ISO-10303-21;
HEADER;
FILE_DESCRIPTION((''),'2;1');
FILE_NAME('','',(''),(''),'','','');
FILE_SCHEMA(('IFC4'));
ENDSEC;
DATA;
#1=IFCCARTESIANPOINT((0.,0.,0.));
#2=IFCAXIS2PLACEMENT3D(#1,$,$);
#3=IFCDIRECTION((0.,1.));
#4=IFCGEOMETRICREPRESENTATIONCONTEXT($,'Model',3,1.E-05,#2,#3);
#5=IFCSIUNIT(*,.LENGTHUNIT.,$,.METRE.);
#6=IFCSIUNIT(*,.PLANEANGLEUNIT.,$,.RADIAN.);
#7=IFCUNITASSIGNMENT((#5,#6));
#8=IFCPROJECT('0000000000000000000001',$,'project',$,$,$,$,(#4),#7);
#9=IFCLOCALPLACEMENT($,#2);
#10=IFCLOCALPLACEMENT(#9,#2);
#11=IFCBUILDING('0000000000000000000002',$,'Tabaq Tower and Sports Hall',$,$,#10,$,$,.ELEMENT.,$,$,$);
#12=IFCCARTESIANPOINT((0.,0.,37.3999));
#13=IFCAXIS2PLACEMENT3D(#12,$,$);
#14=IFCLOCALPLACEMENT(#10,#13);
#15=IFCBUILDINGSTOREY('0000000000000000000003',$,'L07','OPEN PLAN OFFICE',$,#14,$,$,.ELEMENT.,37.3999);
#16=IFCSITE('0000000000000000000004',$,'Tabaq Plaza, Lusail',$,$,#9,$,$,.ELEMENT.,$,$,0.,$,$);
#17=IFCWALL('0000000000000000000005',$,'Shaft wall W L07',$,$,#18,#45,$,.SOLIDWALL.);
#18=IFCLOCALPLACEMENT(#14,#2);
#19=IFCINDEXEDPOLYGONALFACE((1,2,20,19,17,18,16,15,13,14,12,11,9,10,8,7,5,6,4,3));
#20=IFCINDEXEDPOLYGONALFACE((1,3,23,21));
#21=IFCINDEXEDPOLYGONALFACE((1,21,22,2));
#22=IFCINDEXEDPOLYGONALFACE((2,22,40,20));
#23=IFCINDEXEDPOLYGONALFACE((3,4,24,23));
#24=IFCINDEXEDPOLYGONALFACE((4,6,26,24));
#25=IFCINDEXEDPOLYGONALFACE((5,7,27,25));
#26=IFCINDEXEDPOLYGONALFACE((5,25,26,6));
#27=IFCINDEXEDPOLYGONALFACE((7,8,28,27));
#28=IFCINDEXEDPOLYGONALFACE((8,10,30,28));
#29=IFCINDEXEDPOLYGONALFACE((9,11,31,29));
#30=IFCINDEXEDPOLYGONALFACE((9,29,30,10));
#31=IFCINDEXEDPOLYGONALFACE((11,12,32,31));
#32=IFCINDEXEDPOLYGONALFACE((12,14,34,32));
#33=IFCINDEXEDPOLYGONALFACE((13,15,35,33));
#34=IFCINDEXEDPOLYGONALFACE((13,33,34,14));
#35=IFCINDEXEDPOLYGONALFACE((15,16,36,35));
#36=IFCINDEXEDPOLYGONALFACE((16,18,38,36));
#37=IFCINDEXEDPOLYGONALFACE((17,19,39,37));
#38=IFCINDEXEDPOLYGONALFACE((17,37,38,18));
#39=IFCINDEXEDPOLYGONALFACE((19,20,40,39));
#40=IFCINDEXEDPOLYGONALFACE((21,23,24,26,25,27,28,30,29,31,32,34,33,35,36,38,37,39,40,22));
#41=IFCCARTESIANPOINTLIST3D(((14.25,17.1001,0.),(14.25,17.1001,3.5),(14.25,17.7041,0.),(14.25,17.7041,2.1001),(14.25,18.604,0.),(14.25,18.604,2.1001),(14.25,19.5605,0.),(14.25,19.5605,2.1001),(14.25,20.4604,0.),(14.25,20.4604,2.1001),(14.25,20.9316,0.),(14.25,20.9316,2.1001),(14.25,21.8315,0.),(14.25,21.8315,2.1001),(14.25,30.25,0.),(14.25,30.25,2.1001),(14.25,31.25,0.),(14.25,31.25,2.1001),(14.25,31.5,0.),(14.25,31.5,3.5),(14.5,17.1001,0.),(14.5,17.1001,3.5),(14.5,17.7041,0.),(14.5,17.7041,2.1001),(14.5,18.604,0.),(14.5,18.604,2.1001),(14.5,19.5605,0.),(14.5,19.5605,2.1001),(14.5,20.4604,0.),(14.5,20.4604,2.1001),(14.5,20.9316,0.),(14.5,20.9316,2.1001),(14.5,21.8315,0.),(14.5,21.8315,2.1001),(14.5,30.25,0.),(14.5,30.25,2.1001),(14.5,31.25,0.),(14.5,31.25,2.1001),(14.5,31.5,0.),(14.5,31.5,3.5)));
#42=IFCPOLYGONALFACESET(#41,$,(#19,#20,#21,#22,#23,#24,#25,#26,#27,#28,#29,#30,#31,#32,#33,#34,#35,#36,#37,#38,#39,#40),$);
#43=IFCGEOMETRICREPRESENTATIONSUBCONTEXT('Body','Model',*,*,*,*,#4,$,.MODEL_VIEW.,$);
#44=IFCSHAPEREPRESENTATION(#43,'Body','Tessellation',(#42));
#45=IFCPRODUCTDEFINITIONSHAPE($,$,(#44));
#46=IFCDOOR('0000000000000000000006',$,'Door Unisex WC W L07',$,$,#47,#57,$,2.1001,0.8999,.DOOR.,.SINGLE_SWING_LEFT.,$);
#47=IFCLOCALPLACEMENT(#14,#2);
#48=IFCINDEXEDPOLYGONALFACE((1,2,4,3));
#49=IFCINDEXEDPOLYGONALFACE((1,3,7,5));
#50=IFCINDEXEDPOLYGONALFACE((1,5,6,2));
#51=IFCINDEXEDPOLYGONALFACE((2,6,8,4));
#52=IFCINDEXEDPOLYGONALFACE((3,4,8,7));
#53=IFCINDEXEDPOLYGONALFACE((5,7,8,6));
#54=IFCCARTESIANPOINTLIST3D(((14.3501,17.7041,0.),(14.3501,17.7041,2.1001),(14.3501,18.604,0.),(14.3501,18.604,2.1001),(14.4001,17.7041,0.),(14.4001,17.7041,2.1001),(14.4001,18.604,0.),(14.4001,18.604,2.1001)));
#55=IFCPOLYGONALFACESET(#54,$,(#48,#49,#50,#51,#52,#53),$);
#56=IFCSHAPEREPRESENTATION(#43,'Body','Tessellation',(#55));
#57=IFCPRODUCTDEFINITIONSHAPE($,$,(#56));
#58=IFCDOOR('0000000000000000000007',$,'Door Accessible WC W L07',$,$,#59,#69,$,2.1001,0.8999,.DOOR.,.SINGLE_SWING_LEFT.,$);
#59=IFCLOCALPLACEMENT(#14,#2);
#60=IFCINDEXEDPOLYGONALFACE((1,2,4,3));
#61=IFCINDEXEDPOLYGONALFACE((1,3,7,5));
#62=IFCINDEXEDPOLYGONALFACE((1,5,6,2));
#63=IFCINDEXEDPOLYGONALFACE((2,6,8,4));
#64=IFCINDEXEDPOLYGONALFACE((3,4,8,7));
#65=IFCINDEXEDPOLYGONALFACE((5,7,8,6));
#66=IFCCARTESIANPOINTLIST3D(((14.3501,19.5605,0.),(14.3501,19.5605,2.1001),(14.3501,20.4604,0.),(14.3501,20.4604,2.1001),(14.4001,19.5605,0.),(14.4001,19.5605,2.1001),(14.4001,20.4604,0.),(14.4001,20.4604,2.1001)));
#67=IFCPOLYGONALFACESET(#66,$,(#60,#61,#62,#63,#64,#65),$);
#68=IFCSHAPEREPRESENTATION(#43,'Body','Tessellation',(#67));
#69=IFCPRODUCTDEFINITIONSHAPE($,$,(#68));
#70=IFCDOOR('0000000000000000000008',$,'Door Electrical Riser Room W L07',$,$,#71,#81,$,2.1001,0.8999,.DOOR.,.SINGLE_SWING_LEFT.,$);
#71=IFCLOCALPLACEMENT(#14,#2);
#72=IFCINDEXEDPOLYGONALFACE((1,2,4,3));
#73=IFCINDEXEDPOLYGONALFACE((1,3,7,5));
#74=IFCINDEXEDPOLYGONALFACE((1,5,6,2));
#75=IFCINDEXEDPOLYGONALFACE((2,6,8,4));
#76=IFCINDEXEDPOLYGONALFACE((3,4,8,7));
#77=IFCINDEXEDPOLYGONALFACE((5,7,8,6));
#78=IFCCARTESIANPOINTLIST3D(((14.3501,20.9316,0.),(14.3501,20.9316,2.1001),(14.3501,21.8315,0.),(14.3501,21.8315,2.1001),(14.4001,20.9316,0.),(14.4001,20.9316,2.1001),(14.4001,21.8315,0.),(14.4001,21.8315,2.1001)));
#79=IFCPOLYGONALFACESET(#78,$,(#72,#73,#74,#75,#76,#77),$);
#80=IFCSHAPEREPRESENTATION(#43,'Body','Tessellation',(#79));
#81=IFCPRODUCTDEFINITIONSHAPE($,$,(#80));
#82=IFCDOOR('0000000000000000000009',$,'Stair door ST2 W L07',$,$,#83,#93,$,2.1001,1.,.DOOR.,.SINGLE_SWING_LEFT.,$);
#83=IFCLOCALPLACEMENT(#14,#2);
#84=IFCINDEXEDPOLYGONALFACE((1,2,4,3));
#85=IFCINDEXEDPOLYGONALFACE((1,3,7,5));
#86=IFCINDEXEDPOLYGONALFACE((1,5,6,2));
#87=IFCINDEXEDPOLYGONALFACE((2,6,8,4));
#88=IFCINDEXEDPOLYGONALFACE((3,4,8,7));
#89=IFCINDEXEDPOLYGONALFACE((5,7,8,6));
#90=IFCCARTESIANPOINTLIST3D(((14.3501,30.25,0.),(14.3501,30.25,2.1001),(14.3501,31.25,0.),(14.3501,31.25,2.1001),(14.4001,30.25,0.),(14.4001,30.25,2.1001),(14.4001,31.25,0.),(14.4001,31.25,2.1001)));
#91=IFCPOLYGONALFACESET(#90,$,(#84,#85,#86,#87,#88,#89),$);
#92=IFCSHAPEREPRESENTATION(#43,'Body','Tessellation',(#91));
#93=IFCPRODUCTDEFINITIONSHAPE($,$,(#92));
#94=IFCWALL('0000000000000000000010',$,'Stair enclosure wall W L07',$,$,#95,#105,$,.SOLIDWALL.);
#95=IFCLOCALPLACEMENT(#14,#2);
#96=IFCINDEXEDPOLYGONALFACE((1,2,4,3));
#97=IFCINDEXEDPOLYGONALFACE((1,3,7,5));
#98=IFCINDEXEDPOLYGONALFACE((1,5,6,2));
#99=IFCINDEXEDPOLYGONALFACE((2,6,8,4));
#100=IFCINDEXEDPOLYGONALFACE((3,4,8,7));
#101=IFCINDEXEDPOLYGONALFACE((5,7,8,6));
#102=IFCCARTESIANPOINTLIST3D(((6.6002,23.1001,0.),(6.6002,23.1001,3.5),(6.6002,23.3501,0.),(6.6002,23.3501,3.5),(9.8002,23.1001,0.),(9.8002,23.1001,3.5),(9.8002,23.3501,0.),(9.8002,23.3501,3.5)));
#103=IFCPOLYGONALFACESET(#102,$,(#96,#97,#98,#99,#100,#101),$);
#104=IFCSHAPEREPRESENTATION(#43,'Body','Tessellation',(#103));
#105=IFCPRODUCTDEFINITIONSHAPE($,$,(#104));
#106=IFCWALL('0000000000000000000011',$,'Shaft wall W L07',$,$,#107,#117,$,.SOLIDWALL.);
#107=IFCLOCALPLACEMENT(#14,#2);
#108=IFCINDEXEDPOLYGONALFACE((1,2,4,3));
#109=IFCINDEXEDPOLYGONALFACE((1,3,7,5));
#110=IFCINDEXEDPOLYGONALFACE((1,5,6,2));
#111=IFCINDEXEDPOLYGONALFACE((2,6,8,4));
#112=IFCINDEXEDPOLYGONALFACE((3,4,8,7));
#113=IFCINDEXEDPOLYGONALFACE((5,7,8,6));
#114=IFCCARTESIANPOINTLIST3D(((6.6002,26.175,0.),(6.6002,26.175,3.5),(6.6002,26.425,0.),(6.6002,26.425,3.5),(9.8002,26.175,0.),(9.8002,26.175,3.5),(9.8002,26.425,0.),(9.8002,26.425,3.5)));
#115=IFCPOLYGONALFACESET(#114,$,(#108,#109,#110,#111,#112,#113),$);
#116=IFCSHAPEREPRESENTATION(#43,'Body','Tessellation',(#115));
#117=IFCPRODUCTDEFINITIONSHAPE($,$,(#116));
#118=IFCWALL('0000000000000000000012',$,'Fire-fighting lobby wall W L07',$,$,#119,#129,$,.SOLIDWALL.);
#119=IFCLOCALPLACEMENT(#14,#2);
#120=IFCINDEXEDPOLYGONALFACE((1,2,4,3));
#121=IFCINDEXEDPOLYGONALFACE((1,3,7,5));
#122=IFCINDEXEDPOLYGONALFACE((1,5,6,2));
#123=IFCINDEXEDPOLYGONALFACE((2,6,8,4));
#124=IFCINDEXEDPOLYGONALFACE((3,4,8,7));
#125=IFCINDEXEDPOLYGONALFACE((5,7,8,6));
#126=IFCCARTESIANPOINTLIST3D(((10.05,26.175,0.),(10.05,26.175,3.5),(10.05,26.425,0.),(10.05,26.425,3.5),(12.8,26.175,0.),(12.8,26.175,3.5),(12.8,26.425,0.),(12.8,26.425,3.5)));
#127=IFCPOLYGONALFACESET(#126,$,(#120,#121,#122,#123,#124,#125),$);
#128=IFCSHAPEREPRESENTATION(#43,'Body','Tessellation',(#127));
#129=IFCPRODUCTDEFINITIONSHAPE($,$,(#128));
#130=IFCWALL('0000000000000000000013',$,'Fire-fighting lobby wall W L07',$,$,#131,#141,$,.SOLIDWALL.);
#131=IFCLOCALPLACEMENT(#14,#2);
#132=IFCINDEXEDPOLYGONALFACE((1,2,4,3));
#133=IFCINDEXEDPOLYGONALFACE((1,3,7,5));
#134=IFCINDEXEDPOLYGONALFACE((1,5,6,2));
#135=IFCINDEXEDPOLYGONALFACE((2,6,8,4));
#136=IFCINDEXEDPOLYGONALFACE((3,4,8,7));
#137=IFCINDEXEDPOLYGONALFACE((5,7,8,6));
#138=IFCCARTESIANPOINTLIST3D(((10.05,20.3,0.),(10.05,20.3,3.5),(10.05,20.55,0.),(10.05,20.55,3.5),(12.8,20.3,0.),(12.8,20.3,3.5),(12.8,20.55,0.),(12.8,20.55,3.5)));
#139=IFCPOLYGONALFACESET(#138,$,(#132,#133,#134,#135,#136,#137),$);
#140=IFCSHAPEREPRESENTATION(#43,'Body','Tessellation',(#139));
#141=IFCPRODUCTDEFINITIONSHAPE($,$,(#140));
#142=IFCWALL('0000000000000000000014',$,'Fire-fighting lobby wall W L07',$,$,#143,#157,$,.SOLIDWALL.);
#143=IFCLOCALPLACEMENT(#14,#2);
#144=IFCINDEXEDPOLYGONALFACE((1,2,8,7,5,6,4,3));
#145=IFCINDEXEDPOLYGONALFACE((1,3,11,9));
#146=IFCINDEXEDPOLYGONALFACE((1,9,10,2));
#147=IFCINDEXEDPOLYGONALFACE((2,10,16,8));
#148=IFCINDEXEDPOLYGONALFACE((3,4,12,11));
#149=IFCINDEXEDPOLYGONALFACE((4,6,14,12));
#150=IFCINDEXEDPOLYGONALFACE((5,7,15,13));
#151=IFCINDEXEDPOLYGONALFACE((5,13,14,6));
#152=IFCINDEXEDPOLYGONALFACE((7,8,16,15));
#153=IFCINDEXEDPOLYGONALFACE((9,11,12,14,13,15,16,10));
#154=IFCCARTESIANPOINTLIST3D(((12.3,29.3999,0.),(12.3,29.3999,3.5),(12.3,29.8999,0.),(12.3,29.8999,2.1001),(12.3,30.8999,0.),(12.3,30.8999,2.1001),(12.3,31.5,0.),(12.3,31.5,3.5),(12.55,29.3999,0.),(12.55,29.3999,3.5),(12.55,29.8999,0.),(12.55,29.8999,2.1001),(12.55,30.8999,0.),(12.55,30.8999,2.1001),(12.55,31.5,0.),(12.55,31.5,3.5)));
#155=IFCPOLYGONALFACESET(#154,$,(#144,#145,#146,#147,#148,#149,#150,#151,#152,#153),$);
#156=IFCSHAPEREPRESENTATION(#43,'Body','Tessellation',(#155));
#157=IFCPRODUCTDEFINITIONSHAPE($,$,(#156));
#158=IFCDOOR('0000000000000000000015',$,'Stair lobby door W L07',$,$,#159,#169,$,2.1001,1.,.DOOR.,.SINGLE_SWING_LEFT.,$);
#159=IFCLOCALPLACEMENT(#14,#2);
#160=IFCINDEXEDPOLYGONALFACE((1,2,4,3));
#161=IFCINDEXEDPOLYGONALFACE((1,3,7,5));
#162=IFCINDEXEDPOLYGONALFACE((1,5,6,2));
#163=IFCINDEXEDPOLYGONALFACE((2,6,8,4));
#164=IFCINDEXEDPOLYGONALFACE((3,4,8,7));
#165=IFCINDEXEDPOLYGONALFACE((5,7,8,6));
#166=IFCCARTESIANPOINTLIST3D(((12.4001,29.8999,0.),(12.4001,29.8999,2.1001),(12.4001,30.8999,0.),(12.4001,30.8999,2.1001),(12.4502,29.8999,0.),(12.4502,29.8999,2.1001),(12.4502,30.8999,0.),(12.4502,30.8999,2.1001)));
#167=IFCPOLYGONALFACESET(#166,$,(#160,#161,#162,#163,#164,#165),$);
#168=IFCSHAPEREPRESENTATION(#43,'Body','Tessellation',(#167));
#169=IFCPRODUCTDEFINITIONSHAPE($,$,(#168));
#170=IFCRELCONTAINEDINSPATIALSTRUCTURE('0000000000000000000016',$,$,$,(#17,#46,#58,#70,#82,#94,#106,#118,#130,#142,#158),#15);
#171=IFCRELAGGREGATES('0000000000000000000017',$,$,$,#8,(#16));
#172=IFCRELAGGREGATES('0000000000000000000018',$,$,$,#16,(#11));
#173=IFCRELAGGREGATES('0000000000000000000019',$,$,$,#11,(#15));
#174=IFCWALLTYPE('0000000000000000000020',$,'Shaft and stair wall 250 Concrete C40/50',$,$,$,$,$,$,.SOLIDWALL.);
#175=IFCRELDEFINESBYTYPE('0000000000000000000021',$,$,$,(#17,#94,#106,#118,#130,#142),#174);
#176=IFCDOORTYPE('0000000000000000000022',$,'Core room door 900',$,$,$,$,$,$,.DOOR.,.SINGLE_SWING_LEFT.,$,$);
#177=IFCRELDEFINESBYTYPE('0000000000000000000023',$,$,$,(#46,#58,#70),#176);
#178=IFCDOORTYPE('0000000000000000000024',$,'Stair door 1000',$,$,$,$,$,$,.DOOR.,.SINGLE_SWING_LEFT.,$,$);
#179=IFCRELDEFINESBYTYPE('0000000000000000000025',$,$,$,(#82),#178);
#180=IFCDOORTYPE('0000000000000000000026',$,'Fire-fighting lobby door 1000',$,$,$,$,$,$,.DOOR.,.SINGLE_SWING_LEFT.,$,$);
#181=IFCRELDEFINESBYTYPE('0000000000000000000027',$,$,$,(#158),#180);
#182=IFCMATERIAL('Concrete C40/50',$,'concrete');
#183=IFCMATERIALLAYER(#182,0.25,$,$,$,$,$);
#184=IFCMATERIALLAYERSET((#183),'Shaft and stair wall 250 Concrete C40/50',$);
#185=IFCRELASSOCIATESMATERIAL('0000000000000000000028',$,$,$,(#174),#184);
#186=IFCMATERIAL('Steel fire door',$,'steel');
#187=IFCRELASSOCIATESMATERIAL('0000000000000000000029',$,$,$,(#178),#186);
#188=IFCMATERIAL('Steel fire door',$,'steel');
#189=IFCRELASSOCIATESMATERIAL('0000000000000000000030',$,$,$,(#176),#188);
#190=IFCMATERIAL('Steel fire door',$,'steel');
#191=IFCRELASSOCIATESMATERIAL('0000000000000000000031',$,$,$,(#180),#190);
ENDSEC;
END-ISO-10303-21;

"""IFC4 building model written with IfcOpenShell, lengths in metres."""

from ifc_helpers import new_model, si_unit, direction, frame, frame_2d, origin, place, context, subcontext, project, spatial, rectangle, extrude, material, layer, layer_set, type_object, element, fill, save


model = new_model("IFC4")

# Units and contexts
model_context = context("Model", 3, precision=1e-05, world=origin(), true_north=direction((0.0, 1.0)))
body_context = subcontext(model_context, "Body", "Model", "MODEL_VIEW")
ifc_project = project(units=[si_unit("LENGTHUNIT", "METRE"), si_unit("PLANEANGLEUNIT", "RADIAN")], contexts=[model_context])

# Site, building, storey
site_placement = place(None, origin())
site = spatial("IfcSite", under=ifc_project, at=site_placement, Name="Tabaq Plaza, Lusail", CompositionType="ELEMENT", RefElevation=0.0)
building_placement = place(site_placement, origin())
building = spatial("IfcBuilding", under=site, at=building_placement, Name="Tabaq Tower and Sports Hall", CompositionType="ELEMENT")
storey_placement = place(building_placement, frame((0.0, 0.0, 37.3999)))
storey = spatial("IfcBuildingStorey", under=building, at=storey_placement, Name="L07", Description="OPEN PLAN OFFICE", CompositionType="ELEMENT", Elevation=37.3999)

# Wall, openings, doors
ifc_material_1 = material(Name="Concrete C40/50", Category="concrete")
ifc_layer_1 = layer(ifc_material_1, 0.25)
ifc_layer_set_1 = layer_set([ifc_layer_1], Name="Shaft and stair wall 250 Concrete C40/50")
wall_type_1 = type_object("IfcWallType", Name="Shaft and stair wall 250 Concrete C40/50", PredefinedType="SOLIDWALL", material=ifc_layer_set_1)
ifc_material_2 = material(Name="Steel fire door", Category="steel")
door_type_1 = type_object("IfcDoorType", Name="Stair door 1000", OperationType="SINGLE_SWING_LEFT", PredefinedType="DOOR", material=ifc_material_2)
wall_1_placement = place(storey_placement, frame((14.375, 17.1001, 0.0), z_axis=(0.0, 0.0, 1.0), x_axis=(0.0, 1.0, 0.0)))
wall_1 = element("IfcWall", 1, at=wall_1_placement, inside=storey, type_object=wall_type_1, Name="Shaft wall W L07", PredefinedType="SOLIDWALL", context=body_context, shape_type="SweptSolid", body=[
    extrude(rectangle(XDim=14.3999, YDim=0.25, at=frame_2d((7.2, 0.0))), origin(), (0.0, 0.0, 1.0), 3.5),
])
opening_1_placement = place(wall_1_placement, frame((13.1499, 0.0, 0.0)))
opening_1 = element("IfcOpeningElement", 2, at=opening_1_placement, cuts=wall_1, PredefinedType="OPENING", context=body_context, shape_type="SweptSolid", body=[
    extrude(rectangle(XDim=1.0, YDim=2.1001, at=frame_2d((0.5, 1.05))), frame((0.0, 0.125, 0.0), z_axis=(0.0, -1.0, 0.0), x_axis=(1.0, 0.0, 0.0)), (0.0, 0.0, 1.0), 0.25),
])
opening_2_placement = place(wall_1_placement, frame((0.604, 0.0, 0.0)))
opening_2 = element("IfcOpeningElement", 3, at=opening_2_placement, cuts=wall_1, PredefinedType="OPENING", context=body_context, shape_type="SweptSolid", body=[
    extrude(rectangle(XDim=0.8999, YDim=2.1001, at=frame_2d((0.45, 1.05))), frame((0.0, 0.125, 0.0), z_axis=(0.0, -1.0, 0.0), x_axis=(1.0, 0.0, 0.0)), (0.0, 0.0, 1.0), 0.25),
])
opening_3_placement = place(wall_1_placement, frame((2.4604, 0.0, 0.0)))
opening_3 = element("IfcOpeningElement", 4, at=opening_3_placement, cuts=wall_1, PredefinedType="OPENING", context=body_context, shape_type="SweptSolid", body=[
    extrude(rectangle(XDim=0.8999, YDim=2.1001, at=frame_2d((0.45, 1.05))), frame((0.0, 0.125, 0.0), z_axis=(0.0, -1.0, 0.0), x_axis=(1.0, 0.0, 0.0)), (0.0, 0.0, 1.0), 0.25),
])
opening_4_placement = place(wall_1_placement, frame((3.8315, 0.0, 0.0)))
opening_4 = element("IfcOpeningElement", 5, at=opening_4_placement, cuts=wall_1, PredefinedType="OPENING", context=body_context, shape_type="SweptSolid", body=[
    extrude(rectangle(XDim=0.8999, YDim=2.1001, at=frame_2d((0.45, 1.05))), frame((0.0, 0.125, 0.0), z_axis=(0.0, -1.0, 0.0), x_axis=(1.0, 0.0, 0.0)), (0.0, 0.0, 1.0), 0.25),
])
ifc_material_3 = material(Name="Steel fire door", Category="steel")
door_type_2 = type_object("IfcDoorType", Name="Core room door 900", OperationType="SINGLE_SWING_LEFT", PredefinedType="DOOR", material=ifc_material_3)
door_1_placement = place(opening_2_placement, origin())
door_1 = element("IfcDoor", 6, at=door_1_placement, inside=storey, type_object=door_type_2, Name="Door Unisex WC W L07", OperationType="SINGLE_SWING_LEFT", OverallHeight=2.1001, OverallWidth=0.8999, PredefinedType="DOOR", context=body_context, shape_type="SweptSolid", body=[
    extrude(rectangle(XDim=0.8999, YDim=2.1001, at=frame_2d((0.45, 1.05))), frame((0.0, 0.0249, 0.0), z_axis=(0.0, -1.0, 0.0), x_axis=(1.0, 0.0, 0.0)), (0.0, 0.0, 1.0), 0.05),
])
fill(opening_2, door_1)
door_2_placement = place(opening_3_placement, origin())
door_2 = element("IfcDoor", 7, at=door_2_placement, inside=storey, type_object=door_type_2, Name="Door Accessible WC W L07", OperationType="SINGLE_SWING_LEFT", OverallHeight=2.1001, OverallWidth=0.8999, PredefinedType="DOOR", context=body_context, shape_type="SweptSolid", body=[
    extrude(rectangle(XDim=0.8999, YDim=2.1001, at=frame_2d((0.45, 1.05))), frame((0.0, 0.0249, 0.0), z_axis=(0.0, -1.0, 0.0), x_axis=(1.0, 0.0, 0.0)), (0.0, 0.0, 1.0), 0.05),
])
fill(opening_3, door_2)
door_3_placement = place(opening_4_placement, origin())
door_3 = element("IfcDoor", 8, at=door_3_placement, inside=storey, type_object=door_type_2, Name="Door Electrical Riser Room W L07", OperationType="SINGLE_SWING_LEFT", OverallHeight=2.1001, OverallWidth=0.8999, PredefinedType="DOOR", context=body_context, shape_type="SweptSolid", body=[
    extrude(rectangle(XDim=0.8999, YDim=2.1001, at=frame_2d((0.45, 1.05))), frame((0.0, 0.0249, 0.0), z_axis=(0.0, -1.0, 0.0), x_axis=(1.0, 0.0, 0.0)), (0.0, 0.0, 1.0), 0.05),
])
fill(opening_4, door_3)
door_4_placement = place(opening_1_placement, origin())
door_4 = element("IfcDoor", 9, at=door_4_placement, inside=storey, type_object=door_type_1, Name="Stair door ST2 W L07", OperationType="SINGLE_SWING_LEFT", OverallHeight=2.1001, OverallWidth=1.0, PredefinedType="DOOR", context=body_context, shape_type="SweptSolid", body=[
    extrude(rectangle(XDim=1.0, YDim=2.1001, at=frame_2d((0.5, 1.05))), frame((0.0, 0.0249, 0.0), z_axis=(0.0, -1.0, 0.0), x_axis=(1.0, 0.0, 0.0)), (0.0, 0.0, 1.0), 0.05),
])
fill(opening_1, door_4)

# Walls
for number, where, z_axis, x_axis, name in (
    (10, (6.6001, 23.2251, 0.0), (0.0, 0.0, 1.0), (1.0, 0.0, 0.0), "Stair enclosure wall W L07"),
    (11, (6.6001, 26.3, 0.0), (0.0, 0.0, 1.0), (1.0, 0.0, 0.0), "Shaft wall W L07"),
):
    element("IfcWall", number, at=place(storey_placement, frame(where, z_axis=z_axis, x_axis=x_axis)), inside=storey, type_object=wall_type_1, Name=name, PredefinedType="SOLIDWALL", context=body_context, shape_type="SweptSolid", body=[
        extrude(rectangle(XDim=3.2, YDim=0.25, at=frame_2d((1.6001, 0.0))), origin(), (0.0, 0.0, 1.0), 3.5),
    ])
for number, where, z_axis, x_axis, name in (
    (12, (10.05, 26.3, 0.0), (0.0, 0.0, 1.0), (1.0, 0.0, 0.0), "Fire-fighting lobby wall W L07"),
    (13, (10.05, 20.425, 0.0), (0.0, 0.0, 1.0), (1.0, 0.0, 0.0), "Fire-fighting lobby wall W L07"),
):
    element("IfcWall", number, at=place(storey_placement, frame(where, z_axis=z_axis, x_axis=x_axis)), inside=storey, type_object=wall_type_1, Name=name, PredefinedType="SOLIDWALL", context=body_context, shape_type="SweptSolid", body=[
        extrude(rectangle(XDim=2.75, YDim=0.25, at=frame_2d((1.375, 0.0))), origin(), (0.0, 0.0, 1.0), 3.5),
    ])

# Wall, opening, door
wall_2_placement = place(storey_placement, frame((12.425, 29.3999, 0.0), z_axis=(0.0, 0.0, 1.0), x_axis=(0.0, 1.0, 0.0)))
wall_2 = element("IfcWall", 14, at=wall_2_placement, inside=storey, type_object=wall_type_1, Name="Fire-fighting lobby wall W L07", PredefinedType="SOLIDWALL", context=body_context, shape_type="SweptSolid", body=[
    extrude(rectangle(XDim=2.1001, YDim=0.25, at=frame_2d((1.05, 0.0))), origin(), (0.0, 0.0, 1.0), 3.5),
])
opening_5_placement = place(wall_2_placement, frame((0.5, 0.0, 0.0)))
opening_5 = element("IfcOpeningElement", 15, at=opening_5_placement, cuts=wall_2, PredefinedType="OPENING", context=body_context, shape_type="SweptSolid", body=[
    extrude(rectangle(XDim=1.0, YDim=2.1001, at=frame_2d((0.5, 1.05))), frame((0.0, 0.125, 0.0), z_axis=(0.0, -1.0, 0.0), x_axis=(1.0, 0.0, 0.0)), (0.0, 0.0, 1.0), 0.25),
])
ifc_material_4 = material(Name="Steel fire door", Category="steel")
door_type_3 = type_object("IfcDoorType", Name="Fire-fighting lobby door 1000", OperationType="SINGLE_SWING_LEFT", PredefinedType="DOOR", material=ifc_material_4)
door_5_placement = place(opening_5_placement, origin())
door_5 = element("IfcDoor", 16, at=door_5_placement, inside=storey, type_object=door_type_3, Name="Stair lobby door W L07", OperationType="SINGLE_SWING_LEFT", OverallHeight=2.1001, OverallWidth=1.0, PredefinedType="DOOR", context=body_context, shape_type="SweptSolid", body=[
    extrude(rectangle(XDim=1.0, YDim=2.1001, at=frame_2d((0.5, 1.05))), frame((0.0, 0.0249, 0.0), z_axis=(0.0, -1.0, 0.0), x_axis=(1.0, 0.0, 0.0)), (0.0, 0.0, 1.0), 0.05),
])
fill(opening_5, door_5)

save(model, "model.ifc")
